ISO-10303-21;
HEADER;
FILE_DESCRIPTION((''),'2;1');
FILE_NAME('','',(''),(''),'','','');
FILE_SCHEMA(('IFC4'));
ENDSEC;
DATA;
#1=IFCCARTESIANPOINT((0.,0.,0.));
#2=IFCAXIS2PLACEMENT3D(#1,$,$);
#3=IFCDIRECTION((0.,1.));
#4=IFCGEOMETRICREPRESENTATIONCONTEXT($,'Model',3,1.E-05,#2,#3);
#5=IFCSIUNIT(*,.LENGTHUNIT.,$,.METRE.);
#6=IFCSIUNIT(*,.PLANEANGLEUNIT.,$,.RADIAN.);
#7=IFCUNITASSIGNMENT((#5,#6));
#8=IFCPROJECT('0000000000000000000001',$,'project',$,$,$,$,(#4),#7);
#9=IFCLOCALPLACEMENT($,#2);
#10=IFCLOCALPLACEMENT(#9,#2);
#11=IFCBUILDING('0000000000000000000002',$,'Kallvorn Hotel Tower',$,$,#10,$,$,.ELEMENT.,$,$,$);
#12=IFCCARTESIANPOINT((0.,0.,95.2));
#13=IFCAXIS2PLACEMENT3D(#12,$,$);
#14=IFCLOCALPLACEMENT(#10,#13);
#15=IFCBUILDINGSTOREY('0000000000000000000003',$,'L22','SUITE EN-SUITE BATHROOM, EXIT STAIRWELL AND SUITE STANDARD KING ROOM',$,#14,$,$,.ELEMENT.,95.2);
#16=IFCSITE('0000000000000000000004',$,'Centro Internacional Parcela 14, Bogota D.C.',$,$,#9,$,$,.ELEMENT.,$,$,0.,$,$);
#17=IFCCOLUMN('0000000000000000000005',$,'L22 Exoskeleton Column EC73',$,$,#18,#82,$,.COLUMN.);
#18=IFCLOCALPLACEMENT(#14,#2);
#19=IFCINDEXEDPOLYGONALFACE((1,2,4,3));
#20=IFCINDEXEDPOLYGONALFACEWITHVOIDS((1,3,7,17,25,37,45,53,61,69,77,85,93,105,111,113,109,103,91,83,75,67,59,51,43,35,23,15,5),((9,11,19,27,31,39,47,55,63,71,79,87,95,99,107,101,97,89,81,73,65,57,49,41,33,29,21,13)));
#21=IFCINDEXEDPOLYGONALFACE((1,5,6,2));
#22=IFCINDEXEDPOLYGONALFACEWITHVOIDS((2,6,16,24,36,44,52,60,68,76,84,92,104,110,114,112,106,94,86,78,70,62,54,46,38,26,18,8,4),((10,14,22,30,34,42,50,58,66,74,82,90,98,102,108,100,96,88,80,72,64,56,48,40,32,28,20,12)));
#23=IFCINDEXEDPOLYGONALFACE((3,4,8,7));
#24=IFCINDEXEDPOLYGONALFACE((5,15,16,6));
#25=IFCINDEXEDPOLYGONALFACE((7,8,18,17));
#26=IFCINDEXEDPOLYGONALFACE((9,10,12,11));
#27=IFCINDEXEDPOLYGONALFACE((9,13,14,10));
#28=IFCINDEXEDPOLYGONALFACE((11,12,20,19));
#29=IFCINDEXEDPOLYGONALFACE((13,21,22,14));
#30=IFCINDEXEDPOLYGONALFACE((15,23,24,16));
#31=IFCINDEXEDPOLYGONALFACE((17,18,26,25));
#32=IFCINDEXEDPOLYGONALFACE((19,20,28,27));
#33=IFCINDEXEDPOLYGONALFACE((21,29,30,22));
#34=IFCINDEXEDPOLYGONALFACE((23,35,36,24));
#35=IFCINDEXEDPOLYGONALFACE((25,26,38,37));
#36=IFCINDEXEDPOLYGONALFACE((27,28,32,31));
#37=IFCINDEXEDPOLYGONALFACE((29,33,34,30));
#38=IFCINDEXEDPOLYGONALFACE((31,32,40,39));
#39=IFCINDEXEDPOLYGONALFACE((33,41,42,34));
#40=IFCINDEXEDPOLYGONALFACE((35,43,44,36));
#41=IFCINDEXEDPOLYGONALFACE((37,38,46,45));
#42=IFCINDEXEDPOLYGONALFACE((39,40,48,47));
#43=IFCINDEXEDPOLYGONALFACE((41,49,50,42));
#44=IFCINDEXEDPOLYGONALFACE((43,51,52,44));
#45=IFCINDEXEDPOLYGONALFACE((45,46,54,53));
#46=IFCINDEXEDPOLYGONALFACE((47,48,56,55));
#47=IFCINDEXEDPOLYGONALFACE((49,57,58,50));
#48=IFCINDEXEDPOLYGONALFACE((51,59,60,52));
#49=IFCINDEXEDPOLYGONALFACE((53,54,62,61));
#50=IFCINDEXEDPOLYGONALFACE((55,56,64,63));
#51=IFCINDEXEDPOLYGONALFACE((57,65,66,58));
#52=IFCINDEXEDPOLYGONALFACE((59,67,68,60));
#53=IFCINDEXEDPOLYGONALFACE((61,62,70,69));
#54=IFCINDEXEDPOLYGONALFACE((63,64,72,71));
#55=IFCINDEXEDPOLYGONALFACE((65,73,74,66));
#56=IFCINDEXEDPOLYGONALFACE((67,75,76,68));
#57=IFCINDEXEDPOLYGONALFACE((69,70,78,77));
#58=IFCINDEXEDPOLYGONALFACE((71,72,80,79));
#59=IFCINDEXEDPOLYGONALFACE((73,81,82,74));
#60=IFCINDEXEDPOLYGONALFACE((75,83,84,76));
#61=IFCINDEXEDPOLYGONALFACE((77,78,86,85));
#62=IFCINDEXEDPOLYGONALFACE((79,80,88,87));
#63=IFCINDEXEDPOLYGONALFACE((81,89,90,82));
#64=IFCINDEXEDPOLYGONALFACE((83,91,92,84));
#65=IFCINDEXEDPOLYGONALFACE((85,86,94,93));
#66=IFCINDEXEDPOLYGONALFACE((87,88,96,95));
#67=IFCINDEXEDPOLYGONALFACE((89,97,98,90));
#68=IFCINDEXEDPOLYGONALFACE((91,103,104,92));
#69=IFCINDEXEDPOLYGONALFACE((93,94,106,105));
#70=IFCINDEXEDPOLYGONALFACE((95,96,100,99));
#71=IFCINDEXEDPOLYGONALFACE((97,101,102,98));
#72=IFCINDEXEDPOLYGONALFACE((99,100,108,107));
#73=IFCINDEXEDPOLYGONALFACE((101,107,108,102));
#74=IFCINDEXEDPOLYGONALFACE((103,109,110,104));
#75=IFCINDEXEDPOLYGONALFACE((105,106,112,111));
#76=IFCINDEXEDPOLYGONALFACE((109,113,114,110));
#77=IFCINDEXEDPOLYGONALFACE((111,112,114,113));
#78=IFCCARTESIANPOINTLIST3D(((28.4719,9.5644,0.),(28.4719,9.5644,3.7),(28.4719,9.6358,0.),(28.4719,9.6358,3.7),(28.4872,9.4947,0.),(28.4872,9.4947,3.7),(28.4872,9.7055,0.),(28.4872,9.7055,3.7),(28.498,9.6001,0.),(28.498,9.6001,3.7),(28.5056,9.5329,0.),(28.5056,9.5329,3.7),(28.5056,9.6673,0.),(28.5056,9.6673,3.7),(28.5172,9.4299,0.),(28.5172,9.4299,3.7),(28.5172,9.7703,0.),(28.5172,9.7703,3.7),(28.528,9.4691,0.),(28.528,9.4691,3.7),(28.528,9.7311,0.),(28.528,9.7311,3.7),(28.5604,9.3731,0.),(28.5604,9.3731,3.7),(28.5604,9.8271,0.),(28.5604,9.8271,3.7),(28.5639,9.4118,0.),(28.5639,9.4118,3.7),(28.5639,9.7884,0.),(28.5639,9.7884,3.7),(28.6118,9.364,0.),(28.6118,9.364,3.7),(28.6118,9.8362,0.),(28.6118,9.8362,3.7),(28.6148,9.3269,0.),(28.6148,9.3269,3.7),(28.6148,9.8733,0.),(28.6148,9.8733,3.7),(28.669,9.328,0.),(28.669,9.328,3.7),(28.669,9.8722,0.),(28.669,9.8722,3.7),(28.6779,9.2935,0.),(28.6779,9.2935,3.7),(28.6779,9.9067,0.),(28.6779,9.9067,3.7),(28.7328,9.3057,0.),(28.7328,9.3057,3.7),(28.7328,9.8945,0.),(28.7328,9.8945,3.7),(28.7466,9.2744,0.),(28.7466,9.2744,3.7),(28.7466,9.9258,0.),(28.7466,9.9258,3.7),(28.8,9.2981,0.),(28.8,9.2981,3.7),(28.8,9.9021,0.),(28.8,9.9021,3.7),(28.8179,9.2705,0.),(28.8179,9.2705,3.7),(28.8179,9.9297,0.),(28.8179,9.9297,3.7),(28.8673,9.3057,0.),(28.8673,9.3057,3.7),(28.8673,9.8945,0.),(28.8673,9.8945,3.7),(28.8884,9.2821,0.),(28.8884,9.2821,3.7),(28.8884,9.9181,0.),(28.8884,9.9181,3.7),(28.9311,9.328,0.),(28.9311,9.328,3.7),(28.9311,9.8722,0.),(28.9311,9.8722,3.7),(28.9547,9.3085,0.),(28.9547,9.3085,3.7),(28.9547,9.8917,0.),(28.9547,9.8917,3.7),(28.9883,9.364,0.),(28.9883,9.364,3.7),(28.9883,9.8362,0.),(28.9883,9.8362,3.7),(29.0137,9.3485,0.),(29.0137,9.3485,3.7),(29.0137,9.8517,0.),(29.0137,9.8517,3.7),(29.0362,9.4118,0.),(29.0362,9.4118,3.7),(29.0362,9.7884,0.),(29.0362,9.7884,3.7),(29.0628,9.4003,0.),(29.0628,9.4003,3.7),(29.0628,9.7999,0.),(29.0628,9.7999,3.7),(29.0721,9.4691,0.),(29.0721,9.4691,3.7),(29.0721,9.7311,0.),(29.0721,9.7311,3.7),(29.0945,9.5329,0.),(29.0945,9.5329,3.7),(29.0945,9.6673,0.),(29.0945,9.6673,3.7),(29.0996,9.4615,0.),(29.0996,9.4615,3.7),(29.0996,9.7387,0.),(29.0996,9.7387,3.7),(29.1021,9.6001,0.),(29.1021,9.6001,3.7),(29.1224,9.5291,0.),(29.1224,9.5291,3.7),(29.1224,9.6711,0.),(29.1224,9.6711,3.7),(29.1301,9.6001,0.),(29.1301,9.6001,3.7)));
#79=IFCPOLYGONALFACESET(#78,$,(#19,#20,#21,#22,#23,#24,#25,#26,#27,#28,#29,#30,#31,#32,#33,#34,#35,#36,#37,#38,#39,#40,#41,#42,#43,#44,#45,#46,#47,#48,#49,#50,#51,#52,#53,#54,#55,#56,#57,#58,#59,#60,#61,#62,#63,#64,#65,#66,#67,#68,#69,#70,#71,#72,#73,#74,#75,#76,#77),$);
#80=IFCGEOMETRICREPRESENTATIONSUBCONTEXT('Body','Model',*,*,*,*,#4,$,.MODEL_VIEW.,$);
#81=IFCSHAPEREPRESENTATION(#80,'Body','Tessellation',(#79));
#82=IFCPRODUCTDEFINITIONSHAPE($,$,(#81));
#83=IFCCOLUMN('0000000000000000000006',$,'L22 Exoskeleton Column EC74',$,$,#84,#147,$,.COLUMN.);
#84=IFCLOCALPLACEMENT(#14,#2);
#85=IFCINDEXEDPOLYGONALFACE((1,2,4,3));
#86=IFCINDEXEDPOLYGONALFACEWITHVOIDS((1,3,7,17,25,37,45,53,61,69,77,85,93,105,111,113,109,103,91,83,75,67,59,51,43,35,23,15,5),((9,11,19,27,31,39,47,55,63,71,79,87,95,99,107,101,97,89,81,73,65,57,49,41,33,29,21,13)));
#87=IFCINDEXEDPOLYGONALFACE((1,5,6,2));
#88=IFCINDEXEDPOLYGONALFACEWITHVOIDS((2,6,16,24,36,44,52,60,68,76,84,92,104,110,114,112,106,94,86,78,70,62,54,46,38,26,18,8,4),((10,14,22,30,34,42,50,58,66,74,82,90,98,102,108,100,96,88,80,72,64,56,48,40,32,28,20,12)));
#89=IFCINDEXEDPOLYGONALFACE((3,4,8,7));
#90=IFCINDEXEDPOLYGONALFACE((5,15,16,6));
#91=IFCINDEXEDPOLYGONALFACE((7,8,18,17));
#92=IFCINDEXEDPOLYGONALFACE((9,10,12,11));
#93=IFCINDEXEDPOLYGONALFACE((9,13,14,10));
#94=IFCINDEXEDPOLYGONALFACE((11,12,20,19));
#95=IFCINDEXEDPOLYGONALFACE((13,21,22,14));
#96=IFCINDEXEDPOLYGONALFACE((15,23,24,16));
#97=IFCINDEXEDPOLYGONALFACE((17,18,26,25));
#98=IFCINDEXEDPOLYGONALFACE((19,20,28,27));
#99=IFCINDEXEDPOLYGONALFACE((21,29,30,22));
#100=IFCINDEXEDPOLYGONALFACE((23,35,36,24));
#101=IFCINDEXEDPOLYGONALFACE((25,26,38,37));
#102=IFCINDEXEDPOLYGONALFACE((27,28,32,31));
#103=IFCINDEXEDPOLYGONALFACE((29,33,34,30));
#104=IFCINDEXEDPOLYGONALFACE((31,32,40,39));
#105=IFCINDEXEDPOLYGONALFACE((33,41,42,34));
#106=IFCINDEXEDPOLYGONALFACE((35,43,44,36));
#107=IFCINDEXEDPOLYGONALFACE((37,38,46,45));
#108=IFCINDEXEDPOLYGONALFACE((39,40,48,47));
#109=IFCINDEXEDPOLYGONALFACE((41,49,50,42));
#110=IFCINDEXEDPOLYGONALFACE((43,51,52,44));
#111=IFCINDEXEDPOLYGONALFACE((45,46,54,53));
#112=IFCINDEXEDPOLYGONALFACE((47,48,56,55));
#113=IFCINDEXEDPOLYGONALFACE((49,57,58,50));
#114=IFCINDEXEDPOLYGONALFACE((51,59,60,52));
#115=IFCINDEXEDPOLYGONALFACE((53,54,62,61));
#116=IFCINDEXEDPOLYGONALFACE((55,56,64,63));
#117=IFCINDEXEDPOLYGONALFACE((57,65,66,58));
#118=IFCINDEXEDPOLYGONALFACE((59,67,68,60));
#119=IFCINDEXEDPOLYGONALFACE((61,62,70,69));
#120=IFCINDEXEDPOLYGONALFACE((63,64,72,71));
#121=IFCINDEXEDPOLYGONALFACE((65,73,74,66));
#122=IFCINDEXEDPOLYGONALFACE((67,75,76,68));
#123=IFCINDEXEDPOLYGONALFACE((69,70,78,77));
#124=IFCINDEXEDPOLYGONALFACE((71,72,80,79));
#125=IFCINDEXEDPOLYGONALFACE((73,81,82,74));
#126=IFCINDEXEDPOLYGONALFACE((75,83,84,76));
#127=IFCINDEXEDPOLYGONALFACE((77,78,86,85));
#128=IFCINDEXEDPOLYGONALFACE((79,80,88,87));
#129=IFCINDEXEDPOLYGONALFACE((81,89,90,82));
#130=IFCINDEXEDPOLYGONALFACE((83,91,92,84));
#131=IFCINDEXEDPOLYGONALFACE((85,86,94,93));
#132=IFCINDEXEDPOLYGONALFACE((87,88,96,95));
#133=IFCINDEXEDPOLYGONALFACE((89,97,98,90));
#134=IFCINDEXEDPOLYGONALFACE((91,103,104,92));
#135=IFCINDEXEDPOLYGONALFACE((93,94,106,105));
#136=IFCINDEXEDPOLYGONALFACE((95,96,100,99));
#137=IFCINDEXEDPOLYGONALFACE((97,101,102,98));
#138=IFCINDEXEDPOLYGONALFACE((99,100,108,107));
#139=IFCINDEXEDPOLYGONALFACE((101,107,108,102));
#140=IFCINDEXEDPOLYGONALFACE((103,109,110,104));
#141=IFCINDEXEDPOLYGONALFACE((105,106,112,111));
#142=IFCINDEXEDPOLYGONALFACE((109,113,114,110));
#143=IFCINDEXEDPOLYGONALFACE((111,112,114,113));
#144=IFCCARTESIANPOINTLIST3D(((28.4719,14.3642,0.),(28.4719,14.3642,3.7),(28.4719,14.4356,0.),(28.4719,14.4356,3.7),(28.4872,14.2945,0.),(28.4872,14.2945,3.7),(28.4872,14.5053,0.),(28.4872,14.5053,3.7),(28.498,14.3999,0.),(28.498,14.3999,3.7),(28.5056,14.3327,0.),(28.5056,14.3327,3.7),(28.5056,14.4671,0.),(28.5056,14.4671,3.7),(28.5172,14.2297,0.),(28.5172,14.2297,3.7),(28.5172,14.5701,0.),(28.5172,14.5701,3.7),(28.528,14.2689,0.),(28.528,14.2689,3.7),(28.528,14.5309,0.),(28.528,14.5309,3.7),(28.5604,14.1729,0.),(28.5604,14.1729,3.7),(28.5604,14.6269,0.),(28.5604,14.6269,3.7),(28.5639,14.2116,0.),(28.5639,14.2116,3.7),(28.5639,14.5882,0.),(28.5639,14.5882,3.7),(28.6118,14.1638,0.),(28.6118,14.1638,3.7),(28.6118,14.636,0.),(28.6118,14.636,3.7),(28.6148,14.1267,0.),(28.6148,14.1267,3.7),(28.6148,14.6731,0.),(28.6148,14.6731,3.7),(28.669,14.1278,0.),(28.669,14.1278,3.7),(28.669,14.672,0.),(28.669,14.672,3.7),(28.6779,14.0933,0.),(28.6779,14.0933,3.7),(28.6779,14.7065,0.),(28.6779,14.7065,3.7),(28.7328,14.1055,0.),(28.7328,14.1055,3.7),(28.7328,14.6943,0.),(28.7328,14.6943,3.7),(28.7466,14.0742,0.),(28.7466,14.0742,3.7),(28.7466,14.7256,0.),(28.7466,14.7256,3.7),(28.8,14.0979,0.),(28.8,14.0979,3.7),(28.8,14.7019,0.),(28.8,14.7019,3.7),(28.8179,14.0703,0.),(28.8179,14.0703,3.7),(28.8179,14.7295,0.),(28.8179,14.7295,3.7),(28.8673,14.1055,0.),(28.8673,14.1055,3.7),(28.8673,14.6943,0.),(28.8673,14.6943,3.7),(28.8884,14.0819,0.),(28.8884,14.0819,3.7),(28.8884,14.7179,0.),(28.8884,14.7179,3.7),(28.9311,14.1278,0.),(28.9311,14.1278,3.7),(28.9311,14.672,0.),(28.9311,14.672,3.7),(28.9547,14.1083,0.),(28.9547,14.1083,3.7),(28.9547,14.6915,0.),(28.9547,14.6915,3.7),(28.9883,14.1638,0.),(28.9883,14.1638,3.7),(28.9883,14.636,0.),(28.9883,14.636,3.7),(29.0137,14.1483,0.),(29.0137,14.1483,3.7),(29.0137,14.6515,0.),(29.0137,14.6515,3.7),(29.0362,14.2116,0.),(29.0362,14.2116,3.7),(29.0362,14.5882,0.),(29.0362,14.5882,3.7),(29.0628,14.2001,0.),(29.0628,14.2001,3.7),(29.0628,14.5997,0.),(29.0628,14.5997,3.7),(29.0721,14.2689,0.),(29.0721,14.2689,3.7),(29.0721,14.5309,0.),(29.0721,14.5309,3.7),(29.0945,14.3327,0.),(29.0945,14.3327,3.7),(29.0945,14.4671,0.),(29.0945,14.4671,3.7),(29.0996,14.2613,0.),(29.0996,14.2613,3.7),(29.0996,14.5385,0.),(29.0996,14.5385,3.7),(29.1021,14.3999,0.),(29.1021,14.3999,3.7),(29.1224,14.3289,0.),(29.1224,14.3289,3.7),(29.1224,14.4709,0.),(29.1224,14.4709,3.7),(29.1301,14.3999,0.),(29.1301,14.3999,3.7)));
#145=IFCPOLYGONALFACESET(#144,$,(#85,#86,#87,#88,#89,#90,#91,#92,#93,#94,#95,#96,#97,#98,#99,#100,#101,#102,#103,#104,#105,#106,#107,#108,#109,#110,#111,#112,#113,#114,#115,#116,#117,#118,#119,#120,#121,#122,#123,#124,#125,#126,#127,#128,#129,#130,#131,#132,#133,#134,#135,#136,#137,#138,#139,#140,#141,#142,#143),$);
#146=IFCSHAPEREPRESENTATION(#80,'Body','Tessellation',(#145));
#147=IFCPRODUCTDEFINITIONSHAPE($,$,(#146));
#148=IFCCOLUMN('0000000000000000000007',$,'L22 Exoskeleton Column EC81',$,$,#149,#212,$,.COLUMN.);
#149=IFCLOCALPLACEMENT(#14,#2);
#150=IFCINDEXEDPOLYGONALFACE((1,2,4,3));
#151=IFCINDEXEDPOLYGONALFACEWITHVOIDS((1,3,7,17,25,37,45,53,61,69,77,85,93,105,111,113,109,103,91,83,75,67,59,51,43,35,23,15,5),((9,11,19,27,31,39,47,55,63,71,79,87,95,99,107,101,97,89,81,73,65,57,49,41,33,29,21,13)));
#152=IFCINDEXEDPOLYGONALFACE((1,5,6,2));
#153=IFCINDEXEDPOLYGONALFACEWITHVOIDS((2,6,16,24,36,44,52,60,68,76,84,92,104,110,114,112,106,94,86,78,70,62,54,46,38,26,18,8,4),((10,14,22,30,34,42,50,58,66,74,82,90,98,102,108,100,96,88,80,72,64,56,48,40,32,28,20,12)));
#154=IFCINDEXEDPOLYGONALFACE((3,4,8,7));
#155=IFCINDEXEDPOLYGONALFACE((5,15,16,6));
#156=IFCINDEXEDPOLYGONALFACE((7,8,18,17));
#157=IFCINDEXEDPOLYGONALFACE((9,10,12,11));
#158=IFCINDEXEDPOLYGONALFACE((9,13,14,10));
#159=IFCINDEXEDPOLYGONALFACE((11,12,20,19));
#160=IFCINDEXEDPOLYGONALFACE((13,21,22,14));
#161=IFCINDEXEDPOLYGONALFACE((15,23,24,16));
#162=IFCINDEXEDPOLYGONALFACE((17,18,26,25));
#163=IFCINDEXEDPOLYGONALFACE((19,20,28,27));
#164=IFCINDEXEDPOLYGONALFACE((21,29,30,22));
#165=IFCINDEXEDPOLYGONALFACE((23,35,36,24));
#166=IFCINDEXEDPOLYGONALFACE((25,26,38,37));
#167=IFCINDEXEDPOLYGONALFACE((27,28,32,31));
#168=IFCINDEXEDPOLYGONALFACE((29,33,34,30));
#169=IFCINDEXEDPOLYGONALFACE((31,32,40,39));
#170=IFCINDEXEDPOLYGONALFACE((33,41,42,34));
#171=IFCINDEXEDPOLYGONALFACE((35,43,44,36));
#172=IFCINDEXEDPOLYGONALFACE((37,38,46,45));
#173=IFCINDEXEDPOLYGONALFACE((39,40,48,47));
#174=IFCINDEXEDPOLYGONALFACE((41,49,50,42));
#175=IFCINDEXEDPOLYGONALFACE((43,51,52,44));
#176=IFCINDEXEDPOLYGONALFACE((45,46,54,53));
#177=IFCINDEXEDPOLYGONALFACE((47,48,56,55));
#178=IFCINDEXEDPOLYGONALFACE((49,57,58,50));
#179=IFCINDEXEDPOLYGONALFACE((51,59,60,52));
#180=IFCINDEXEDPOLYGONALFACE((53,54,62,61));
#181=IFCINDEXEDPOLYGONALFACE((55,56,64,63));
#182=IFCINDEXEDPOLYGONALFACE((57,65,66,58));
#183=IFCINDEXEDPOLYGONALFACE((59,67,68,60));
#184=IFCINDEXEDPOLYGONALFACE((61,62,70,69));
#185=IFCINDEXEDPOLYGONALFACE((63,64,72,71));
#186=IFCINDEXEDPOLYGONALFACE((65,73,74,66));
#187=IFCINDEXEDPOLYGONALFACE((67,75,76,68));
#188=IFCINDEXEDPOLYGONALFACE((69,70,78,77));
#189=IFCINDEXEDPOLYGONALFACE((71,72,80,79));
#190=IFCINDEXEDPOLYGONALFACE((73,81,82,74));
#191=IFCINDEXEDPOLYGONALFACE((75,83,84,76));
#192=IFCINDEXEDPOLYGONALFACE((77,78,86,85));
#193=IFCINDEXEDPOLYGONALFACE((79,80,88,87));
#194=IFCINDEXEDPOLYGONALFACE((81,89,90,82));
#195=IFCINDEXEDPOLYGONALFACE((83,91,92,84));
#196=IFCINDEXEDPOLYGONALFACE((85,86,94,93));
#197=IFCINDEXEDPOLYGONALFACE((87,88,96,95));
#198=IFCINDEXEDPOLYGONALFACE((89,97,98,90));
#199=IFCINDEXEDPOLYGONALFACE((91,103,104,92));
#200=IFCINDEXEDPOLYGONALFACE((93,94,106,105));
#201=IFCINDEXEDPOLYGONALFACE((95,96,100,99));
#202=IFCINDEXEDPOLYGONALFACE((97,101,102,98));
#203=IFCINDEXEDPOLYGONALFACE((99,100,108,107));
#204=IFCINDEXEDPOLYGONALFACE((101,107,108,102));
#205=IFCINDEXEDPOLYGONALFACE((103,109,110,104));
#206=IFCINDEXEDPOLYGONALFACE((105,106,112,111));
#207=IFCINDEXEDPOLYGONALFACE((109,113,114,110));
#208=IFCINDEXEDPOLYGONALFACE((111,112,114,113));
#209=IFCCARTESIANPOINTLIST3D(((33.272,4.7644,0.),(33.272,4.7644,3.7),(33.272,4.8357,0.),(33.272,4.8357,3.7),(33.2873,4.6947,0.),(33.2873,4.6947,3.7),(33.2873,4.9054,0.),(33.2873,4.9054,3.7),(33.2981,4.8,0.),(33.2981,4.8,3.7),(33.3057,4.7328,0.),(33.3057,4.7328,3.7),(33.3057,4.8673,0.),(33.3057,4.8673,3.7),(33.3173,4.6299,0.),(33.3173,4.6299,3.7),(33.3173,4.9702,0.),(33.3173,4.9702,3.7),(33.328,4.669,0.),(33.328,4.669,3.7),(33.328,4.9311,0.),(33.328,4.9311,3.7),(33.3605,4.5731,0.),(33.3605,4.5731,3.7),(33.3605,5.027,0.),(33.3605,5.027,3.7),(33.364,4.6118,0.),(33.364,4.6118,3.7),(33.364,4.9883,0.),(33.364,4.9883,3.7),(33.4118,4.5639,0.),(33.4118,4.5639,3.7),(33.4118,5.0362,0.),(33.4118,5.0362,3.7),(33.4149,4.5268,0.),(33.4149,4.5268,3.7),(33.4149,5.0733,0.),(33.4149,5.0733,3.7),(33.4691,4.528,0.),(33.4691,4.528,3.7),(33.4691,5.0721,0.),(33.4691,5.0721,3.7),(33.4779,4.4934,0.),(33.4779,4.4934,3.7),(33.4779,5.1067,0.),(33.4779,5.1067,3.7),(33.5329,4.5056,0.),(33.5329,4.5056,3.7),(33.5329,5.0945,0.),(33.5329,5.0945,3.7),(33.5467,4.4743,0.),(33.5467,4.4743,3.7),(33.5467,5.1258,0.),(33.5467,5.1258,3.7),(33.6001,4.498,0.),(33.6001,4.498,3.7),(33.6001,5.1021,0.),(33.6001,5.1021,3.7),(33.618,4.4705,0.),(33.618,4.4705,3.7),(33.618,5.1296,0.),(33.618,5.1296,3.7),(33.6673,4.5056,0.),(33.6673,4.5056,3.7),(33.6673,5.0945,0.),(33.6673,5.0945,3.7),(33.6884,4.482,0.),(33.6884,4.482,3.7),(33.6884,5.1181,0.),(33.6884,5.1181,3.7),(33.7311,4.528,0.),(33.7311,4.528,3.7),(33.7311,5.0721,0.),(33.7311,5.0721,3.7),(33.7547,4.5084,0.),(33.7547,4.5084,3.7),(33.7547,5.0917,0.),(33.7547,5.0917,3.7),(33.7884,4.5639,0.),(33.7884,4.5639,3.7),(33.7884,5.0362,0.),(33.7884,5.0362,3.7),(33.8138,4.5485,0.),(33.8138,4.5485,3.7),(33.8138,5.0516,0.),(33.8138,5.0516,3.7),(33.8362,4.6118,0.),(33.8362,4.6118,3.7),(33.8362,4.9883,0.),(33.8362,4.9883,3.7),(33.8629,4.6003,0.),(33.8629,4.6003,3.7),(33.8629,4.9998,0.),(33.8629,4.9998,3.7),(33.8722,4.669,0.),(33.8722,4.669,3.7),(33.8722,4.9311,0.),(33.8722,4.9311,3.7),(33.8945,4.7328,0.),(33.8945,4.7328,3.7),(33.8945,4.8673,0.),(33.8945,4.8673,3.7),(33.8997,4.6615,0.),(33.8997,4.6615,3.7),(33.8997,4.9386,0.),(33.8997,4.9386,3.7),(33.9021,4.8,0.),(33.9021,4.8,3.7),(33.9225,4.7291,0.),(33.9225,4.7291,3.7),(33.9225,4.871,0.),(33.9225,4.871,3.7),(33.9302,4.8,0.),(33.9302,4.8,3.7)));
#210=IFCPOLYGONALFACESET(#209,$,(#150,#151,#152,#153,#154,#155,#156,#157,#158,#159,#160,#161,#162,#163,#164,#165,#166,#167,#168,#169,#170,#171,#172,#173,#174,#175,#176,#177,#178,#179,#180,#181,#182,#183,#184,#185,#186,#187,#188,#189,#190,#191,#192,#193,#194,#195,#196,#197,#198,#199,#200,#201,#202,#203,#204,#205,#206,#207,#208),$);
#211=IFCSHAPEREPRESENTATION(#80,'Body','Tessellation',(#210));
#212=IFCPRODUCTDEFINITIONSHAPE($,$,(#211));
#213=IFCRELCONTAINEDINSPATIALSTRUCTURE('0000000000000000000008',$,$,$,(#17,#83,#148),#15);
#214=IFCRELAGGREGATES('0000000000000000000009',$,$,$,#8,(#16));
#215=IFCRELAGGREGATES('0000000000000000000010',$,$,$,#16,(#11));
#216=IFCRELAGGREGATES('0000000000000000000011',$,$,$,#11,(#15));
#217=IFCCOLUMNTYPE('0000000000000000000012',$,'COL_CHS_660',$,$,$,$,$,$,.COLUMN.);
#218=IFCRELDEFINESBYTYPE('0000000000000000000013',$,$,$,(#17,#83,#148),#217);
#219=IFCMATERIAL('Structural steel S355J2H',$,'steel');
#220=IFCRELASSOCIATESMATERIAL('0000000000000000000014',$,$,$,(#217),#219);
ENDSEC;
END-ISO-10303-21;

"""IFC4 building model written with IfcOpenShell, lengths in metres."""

from ifc_helpers import new_model, si_unit, direction, frame, origin, origin_2d, place, context, subcontext, project, spatial, hollow_circle, extrude, material, material_profile, profile_set, type_object, element, save


model = new_model("IFC4")

# Units and contexts
model_context = context("Model", 3, precision=1e-05, world=origin(), true_north=direction((0.0, 1.0)))
body_context = subcontext(model_context, "Body", "Model", "MODEL_VIEW")
ifc_project = project(units=[si_unit("LENGTHUNIT", "METRE"), si_unit("PLANEANGLEUNIT", "RADIAN")], contexts=[model_context])

# Site, building, storey
site_placement = place(None, origin())
site = spatial("IfcSite", under=ifc_project, at=site_placement, Name="Centro Internacional Parcela 14, Bogota D.C.", CompositionType="ELEMENT", RefElevation=0.0)
building_placement = place(site_placement, origin())
building = spatial("IfcBuilding", under=site, at=building_placement, Name="Kallvorn Hotel Tower", CompositionType="ELEMENT")
storey_placement = place(building_placement, frame((0.0, 0.0, 95.2)))
storey = spatial("IfcBuildingStorey", under=building, at=storey_placement, Name="L22", Description="SUITE EN-SUITE BATHROOM, EXIT STAIRWELL AND SUITE STANDARD KING ROOM", CompositionType="ELEMENT", Elevation=95.2)

# Columns
ifc_material_1 = material(Name="Structural steel S355J2H", Category="steel")
ifc_material_profile_1 = material_profile(ifc_material_1, hollow_circle(Radius=0.3301, WallThickness=0.0281, at=origin_2d()), Name="CHS 660x28")
ifc_profile_set_1 = profile_set([ifc_material_profile_1], Name="Structural steel S355J2H")
column_type_1 = type_object("IfcColumnType", Name="COL_CHS_660", PredefinedType="COLUMN", material=ifc_profile_set_1)
for number, where, z_axis, x_axis, name in (
    (1, (28.8, 9.6001, 0.0), (0.0, 0.0, 1.0), (1.0, 0.0, 0.0), "L22 Exoskeleton Column EC73"),
    (2, (28.8, 14.3999, 0.0), (0.0, 0.0, 1.0), (1.0, 0.0, 0.0), "L22 Exoskeleton Column EC74"),
    (3, (33.6001, 4.8, 0.0), (0.0, 0.0, 1.0), (1.0, 0.0, 0.0), "L22 Exoskeleton Column EC81"),
):
    element("IfcColumn", number, at=place(storey_placement, frame(where, z_axis=z_axis, x_axis=x_axis)), inside=storey, type_object=column_type_1, Name=name, PredefinedType="COLUMN", context=body_context, shape_type="SweptSolid", body=[
        extrude(hollow_circle(Radius=0.3301, WallThickness=0.0281, at=origin_2d()), origin(), (0.0, 0.0, 1.0), 3.7),
    ])

save(model, "model.ifc")
